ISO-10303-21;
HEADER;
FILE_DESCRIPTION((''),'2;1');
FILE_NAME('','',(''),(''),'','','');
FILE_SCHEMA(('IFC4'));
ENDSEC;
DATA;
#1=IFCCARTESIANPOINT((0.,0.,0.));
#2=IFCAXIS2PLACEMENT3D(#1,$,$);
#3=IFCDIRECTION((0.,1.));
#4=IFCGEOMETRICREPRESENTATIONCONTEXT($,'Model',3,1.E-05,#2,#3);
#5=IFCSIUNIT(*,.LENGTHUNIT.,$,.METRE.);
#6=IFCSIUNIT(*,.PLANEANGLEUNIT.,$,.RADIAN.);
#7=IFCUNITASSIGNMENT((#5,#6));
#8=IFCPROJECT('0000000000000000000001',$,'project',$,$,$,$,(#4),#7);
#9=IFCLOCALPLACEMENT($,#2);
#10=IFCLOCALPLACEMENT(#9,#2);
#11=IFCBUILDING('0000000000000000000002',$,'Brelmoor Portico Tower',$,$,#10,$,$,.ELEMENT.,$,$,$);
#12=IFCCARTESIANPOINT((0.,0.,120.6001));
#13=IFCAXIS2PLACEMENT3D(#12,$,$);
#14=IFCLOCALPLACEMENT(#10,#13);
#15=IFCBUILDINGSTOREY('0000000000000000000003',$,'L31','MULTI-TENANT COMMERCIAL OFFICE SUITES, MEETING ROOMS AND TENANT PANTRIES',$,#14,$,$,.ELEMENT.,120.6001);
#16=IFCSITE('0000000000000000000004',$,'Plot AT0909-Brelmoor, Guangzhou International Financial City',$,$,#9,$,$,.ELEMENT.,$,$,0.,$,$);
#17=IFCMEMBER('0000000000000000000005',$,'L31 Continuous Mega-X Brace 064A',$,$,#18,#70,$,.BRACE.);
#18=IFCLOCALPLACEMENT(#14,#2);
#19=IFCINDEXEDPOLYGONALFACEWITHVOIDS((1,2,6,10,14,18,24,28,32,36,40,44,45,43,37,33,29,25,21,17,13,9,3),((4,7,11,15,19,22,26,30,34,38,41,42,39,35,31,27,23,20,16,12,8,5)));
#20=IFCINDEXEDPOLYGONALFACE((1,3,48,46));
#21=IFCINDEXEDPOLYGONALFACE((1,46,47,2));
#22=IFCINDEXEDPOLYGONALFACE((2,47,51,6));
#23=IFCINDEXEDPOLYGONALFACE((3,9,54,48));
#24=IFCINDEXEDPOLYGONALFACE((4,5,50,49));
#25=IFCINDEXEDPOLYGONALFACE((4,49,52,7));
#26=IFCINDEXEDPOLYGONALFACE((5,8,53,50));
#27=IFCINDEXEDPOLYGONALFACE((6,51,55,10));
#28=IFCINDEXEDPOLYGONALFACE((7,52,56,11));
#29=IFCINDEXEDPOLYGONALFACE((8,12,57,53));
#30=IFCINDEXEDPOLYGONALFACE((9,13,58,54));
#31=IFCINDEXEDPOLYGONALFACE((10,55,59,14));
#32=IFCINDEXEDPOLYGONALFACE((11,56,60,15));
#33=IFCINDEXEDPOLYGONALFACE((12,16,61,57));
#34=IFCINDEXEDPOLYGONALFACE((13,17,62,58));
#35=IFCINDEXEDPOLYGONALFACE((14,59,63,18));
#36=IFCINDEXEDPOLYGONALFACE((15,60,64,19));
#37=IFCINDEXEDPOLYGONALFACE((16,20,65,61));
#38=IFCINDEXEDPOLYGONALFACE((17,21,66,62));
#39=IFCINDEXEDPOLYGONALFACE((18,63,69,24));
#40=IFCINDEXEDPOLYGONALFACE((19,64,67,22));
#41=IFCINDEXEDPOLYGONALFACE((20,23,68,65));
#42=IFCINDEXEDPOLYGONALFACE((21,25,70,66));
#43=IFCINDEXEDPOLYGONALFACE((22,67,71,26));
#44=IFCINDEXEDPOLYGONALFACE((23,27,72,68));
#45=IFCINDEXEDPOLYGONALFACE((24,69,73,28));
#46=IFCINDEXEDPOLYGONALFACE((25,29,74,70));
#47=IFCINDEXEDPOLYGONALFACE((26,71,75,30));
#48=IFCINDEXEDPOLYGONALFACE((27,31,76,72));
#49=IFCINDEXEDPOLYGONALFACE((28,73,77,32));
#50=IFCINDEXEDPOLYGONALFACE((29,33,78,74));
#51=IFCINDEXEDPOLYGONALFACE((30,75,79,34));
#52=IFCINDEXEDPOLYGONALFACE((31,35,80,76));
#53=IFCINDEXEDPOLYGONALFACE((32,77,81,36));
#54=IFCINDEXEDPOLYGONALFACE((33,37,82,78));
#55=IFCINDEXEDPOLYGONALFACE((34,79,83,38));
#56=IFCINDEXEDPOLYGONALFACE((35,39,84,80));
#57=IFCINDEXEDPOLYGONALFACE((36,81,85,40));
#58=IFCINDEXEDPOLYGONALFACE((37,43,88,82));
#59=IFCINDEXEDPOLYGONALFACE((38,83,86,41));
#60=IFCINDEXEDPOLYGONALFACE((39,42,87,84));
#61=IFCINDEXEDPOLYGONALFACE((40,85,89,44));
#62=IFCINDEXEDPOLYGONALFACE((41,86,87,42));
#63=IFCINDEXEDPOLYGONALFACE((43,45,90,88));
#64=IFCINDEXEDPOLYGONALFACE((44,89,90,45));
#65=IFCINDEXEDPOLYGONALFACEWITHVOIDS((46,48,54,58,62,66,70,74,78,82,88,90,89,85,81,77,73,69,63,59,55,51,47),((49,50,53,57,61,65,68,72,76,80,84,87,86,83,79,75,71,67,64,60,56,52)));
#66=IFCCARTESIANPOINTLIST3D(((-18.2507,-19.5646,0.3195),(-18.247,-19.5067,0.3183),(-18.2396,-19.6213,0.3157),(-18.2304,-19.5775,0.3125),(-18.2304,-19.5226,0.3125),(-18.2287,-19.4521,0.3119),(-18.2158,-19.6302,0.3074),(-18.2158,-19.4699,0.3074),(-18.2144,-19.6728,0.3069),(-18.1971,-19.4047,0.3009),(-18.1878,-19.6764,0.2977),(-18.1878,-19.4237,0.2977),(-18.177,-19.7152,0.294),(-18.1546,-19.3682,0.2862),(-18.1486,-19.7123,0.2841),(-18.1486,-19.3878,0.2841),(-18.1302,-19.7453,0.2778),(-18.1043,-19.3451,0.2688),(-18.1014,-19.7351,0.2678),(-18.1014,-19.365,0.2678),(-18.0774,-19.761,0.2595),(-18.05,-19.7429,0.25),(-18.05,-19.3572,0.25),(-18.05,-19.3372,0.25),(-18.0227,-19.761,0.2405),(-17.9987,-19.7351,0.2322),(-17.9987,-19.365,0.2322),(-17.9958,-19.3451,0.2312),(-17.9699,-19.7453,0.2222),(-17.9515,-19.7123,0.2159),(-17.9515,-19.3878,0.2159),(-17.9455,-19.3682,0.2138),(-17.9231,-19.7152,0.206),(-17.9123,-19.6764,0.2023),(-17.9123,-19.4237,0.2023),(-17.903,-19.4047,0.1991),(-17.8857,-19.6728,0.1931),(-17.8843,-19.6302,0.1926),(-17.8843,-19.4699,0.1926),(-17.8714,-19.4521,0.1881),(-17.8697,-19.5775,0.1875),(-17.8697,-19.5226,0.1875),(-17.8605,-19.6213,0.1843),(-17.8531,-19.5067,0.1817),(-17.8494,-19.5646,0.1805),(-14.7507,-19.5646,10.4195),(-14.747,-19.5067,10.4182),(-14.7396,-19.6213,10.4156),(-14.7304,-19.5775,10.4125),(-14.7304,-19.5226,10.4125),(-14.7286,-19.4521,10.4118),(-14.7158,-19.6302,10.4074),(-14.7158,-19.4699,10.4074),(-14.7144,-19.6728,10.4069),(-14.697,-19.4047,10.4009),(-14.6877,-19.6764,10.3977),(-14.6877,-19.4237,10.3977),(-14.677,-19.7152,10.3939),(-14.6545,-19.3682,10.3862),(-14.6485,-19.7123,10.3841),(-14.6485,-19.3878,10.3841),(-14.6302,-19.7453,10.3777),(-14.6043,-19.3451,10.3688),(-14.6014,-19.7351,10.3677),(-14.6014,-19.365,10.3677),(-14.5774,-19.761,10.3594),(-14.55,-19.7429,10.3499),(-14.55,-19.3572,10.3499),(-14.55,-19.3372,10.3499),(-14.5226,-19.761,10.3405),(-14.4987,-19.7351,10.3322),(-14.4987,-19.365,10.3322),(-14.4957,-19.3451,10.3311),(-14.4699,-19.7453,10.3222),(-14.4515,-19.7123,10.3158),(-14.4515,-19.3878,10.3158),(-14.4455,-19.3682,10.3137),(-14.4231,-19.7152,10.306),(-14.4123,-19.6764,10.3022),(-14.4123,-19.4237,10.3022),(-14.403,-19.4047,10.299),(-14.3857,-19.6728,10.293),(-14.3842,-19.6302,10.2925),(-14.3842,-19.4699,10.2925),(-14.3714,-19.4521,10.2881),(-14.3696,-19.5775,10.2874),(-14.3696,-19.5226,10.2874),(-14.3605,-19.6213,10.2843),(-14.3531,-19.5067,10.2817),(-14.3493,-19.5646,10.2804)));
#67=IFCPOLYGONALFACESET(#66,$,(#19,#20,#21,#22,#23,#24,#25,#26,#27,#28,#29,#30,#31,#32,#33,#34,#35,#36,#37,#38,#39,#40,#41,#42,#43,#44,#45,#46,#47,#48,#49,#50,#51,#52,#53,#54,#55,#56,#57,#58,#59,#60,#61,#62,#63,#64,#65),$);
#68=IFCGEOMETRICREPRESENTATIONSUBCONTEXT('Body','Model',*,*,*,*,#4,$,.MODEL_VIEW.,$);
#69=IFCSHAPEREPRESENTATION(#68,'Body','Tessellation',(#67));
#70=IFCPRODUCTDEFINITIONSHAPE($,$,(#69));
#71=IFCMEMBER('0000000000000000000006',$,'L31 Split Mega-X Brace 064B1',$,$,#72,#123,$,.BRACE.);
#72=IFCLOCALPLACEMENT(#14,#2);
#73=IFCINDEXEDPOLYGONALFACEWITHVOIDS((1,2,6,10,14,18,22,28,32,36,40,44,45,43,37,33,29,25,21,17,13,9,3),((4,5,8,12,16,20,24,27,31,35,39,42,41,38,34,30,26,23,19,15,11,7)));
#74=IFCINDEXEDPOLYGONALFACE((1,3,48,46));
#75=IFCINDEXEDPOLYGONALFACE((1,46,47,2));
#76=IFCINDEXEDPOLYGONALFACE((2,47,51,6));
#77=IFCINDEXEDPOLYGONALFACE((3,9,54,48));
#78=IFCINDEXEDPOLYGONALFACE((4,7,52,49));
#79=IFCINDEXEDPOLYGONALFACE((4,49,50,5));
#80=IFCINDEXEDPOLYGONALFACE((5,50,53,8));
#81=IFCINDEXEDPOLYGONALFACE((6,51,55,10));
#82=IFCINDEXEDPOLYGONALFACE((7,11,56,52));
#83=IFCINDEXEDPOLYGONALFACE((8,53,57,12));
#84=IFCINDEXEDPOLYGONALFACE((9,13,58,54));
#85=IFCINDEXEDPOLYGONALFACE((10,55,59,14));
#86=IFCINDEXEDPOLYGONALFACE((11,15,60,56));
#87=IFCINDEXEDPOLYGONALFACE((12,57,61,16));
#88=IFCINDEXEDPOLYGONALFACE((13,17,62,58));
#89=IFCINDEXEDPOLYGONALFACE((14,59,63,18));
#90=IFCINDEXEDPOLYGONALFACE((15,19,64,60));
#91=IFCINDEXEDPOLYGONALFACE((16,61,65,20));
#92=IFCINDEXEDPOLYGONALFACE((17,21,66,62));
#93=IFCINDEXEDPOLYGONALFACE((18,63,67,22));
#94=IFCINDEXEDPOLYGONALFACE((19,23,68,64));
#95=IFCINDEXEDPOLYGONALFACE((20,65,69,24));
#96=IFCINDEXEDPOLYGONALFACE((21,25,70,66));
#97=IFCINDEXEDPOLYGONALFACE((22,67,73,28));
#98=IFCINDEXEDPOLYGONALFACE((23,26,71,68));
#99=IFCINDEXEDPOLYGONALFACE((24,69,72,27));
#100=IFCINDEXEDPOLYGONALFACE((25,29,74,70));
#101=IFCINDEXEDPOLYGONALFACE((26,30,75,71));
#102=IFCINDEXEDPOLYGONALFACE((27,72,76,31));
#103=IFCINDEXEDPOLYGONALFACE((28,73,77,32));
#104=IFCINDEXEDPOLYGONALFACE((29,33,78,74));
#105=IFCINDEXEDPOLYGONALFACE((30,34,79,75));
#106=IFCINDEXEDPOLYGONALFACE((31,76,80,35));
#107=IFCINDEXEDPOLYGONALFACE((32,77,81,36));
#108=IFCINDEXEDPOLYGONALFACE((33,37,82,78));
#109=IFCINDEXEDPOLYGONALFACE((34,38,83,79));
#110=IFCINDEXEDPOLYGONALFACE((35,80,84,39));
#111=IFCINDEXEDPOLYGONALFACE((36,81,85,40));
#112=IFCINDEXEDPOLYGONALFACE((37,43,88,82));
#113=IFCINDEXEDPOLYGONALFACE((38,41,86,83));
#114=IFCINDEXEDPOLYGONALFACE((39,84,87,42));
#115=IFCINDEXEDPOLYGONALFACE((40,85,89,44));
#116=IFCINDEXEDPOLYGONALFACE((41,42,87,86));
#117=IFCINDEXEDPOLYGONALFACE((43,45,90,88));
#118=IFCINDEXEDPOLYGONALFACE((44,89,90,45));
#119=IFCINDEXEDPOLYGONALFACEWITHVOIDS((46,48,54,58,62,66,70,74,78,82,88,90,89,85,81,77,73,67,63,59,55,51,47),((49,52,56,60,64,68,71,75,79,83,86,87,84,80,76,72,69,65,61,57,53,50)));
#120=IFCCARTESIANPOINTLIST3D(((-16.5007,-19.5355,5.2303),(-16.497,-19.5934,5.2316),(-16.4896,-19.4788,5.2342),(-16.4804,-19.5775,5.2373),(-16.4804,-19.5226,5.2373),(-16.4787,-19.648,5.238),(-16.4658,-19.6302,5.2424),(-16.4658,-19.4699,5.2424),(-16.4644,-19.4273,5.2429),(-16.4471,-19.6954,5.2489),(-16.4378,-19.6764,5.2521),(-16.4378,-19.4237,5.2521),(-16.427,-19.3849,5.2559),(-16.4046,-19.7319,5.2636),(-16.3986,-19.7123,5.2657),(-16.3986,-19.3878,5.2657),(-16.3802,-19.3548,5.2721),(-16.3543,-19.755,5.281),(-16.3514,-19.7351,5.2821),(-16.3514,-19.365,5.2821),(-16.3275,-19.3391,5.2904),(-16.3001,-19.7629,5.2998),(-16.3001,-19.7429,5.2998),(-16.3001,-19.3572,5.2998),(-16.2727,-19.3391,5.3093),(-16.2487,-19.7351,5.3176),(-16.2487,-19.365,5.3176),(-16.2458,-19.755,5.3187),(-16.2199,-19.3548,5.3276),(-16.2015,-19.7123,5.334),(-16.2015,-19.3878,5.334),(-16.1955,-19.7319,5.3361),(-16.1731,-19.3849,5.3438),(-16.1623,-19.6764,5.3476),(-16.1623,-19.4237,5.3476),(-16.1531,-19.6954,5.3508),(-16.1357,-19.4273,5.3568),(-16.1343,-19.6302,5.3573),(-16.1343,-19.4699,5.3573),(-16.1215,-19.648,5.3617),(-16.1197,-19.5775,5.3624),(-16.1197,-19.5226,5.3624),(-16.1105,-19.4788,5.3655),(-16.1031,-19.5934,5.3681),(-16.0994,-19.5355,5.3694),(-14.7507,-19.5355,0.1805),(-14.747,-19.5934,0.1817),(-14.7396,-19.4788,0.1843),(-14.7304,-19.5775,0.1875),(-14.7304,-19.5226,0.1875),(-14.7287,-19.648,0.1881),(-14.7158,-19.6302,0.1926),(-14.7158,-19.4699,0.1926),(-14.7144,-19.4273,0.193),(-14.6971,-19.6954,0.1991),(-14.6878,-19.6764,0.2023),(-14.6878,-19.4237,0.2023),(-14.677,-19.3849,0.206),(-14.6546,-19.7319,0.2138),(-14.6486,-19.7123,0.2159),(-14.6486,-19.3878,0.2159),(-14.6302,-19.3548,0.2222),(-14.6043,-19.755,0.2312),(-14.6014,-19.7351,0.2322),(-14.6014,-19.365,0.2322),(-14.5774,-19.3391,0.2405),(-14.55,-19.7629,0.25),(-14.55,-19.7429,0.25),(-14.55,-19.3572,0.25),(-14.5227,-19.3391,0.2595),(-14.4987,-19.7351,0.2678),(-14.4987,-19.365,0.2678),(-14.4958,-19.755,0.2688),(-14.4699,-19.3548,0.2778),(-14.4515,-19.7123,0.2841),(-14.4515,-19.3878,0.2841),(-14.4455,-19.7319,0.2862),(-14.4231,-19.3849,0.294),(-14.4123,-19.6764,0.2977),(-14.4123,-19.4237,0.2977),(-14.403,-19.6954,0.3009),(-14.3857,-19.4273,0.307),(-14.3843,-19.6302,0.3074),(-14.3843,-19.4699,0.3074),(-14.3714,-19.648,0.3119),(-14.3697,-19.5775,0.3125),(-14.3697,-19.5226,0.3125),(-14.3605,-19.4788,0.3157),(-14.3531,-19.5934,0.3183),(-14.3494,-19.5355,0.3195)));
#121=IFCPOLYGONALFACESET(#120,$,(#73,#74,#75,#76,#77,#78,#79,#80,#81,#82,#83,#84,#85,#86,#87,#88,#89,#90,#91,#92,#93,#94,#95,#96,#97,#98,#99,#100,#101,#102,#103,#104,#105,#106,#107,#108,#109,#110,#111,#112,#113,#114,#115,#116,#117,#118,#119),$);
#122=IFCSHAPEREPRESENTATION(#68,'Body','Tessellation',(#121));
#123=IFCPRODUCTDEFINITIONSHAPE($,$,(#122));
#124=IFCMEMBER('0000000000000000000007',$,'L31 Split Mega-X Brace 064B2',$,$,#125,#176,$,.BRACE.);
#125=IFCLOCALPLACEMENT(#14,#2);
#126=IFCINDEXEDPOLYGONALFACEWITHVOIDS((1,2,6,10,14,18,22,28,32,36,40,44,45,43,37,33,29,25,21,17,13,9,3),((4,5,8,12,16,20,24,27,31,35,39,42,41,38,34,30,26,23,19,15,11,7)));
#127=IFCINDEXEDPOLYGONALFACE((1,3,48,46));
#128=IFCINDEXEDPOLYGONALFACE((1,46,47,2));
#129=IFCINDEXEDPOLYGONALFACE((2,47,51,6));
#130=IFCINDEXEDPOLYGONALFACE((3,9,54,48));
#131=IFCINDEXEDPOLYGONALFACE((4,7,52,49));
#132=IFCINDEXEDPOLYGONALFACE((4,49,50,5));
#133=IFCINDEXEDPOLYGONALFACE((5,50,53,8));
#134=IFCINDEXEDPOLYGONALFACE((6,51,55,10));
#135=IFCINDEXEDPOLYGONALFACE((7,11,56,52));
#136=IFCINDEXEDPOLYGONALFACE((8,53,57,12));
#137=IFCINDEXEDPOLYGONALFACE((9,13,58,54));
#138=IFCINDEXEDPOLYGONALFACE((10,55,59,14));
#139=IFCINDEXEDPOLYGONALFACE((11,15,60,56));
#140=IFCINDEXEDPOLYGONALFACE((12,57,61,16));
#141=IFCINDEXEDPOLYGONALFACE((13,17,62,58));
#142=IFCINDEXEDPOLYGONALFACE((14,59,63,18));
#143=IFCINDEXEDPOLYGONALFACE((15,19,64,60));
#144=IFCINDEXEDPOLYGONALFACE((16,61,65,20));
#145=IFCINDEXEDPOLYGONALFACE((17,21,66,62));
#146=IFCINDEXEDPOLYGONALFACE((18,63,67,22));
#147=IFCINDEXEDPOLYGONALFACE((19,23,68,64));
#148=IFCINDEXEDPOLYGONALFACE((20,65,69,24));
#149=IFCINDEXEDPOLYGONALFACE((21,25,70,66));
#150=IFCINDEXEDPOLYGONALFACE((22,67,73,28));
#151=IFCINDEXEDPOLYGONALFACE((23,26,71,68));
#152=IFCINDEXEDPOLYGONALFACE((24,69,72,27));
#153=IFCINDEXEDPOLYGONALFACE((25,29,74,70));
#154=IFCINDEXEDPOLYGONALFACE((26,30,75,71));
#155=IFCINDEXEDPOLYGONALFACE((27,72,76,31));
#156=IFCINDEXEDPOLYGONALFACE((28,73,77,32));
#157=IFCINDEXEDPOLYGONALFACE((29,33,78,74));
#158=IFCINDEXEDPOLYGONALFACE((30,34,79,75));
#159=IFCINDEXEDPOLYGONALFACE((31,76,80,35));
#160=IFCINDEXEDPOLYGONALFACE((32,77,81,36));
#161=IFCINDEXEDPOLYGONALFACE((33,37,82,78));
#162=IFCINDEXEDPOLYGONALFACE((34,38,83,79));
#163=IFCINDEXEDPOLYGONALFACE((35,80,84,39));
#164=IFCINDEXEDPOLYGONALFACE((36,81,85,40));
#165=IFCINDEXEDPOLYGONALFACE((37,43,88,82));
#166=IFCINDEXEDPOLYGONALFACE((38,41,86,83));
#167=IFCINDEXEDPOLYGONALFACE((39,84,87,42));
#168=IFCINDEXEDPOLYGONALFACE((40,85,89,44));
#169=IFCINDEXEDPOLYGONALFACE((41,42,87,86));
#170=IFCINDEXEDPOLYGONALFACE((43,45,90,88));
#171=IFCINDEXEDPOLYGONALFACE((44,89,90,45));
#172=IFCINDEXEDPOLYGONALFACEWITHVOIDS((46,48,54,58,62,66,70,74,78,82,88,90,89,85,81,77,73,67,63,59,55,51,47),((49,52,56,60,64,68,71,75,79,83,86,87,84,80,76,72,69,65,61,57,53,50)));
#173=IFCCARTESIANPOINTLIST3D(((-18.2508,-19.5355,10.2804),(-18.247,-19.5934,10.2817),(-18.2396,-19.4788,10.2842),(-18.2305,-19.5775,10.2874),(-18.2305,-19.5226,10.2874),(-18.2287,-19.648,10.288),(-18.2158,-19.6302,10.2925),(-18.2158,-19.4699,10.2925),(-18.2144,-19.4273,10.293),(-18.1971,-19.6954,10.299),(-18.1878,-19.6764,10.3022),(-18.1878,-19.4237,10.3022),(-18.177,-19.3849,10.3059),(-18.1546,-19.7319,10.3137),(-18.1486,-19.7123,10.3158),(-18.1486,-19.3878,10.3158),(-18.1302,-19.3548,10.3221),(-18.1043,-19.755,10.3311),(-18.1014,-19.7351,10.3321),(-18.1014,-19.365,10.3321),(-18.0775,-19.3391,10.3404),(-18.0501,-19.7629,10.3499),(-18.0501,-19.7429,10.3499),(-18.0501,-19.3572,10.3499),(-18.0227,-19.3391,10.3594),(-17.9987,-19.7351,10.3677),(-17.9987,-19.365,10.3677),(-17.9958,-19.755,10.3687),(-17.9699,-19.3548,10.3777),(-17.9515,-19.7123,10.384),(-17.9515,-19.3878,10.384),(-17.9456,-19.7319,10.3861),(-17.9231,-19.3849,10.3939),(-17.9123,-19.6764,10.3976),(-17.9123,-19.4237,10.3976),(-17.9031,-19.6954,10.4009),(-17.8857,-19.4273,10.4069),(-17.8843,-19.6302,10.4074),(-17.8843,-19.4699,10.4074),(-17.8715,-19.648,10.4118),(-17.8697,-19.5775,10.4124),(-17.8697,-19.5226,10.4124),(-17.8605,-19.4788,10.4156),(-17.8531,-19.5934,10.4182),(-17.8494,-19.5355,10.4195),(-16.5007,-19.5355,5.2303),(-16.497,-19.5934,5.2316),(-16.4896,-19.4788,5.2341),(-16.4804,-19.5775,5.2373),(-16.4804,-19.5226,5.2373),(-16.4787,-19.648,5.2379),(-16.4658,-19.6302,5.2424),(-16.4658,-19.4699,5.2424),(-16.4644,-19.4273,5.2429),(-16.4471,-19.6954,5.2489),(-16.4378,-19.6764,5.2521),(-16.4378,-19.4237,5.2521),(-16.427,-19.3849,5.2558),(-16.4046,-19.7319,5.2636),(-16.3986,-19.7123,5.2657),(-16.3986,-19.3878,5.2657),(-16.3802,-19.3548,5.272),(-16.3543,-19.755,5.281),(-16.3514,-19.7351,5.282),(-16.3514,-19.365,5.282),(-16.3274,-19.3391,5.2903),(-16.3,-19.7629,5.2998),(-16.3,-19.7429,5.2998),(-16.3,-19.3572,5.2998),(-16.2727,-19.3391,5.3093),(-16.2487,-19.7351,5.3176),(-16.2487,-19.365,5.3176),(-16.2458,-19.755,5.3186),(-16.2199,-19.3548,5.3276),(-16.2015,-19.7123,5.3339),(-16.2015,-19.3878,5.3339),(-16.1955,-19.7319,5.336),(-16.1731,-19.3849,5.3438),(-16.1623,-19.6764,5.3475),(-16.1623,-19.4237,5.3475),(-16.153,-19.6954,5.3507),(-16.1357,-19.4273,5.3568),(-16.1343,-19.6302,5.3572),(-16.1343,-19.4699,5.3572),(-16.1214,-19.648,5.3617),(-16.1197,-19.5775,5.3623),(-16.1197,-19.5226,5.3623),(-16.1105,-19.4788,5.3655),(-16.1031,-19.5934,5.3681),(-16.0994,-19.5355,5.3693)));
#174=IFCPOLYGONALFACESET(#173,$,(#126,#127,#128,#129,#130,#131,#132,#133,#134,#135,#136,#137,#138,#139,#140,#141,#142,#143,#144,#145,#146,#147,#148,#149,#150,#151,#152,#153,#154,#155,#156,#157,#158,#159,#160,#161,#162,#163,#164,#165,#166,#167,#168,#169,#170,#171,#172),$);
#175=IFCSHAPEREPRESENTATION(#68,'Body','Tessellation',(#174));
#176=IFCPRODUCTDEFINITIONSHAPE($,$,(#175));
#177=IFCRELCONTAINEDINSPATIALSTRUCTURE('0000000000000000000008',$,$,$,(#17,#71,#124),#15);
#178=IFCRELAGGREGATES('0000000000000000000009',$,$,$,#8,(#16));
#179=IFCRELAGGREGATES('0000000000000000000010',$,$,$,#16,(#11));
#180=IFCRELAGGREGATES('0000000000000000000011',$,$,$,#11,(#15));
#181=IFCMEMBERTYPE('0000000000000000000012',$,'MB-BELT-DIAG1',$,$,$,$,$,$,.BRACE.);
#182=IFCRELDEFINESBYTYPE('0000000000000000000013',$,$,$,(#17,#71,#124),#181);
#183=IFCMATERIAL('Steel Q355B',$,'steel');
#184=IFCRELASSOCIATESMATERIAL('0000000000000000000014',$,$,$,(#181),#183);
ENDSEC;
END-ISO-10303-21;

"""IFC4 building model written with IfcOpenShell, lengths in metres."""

from ifc_helpers import new_model, si_unit, direction, frame, origin, origin_2d, place, context, subcontext, project, spatial, hollow_circle, extrude, material, material_profile, profile_set, type_object, element, save


model = new_model("IFC4")

# Units and contexts
model_context = context("Model", 3, precision=1e-05, world=origin(), true_north=direction((0.0, 1.0)))
body_context = subcontext(model_context, "Body", "Model", "MODEL_VIEW")
ifc_project = project(units=[si_unit("LENGTHUNIT", "METRE"), si_unit("PLANEANGLEUNIT", "RADIAN")], contexts=[model_context])

# Site, building, storey
site_placement = place(None, origin())
site = spatial("IfcSite", under=ifc_project, at=site_placement, Name="Plot AT0909-Brelmoor, Guangzhou International Financial City", CompositionType="ELEMENT", RefElevation=0.0)
building_placement = place(site_placement, origin())
building = spatial("IfcBuilding", under=site, at=building_placement, Name="Brelmoor Portico Tower", CompositionType="ELEMENT")
storey_placement = place(building_placement, frame((0.0, 0.0, 120.6001)))
storey = spatial("IfcBuildingStorey", under=building, at=storey_placement, Name="L31", Description="MULTI-TENANT COMMERCIAL OFFICE SUITES, MEETING ROOMS AND TENANT PANTRIES", CompositionType="ELEMENT", Elevation=120.6001)

# Shared definitions
ifc_material_1 = material(Name="Steel Q355B", Category="steel")

# Members
ifc_material_profile_1 = material_profile(ifc_material_1, hollow_circle(Radius=0.2129, WallThickness=0.02, at=origin_2d()), Name="CHS 426x20")
ifc_profile_set_1 = profile_set([ifc_material_profile_1], Name="Steel Q355B")
member_type_1 = type_object("IfcMemberType", Name="MB-BELT-DIAG1", PredefinedType="BRACE", material=ifc_profile_set_1)
member_1_placement = place(storey_placement, frame((-18.05, -19.55, 0.25), z_axis=(0.327436, 0.0, 0.944873), x_axis=(0.0, 1.0, 0.0)))
element("IfcMember", 1, at=member_1_placement, inside=storey, type_object=member_type_1, Name="L31 Continuous Mega-X Brace 064A", PredefinedType="BRACE", context=body_context, shape_type="SweptSolid", body=[
    extrude(hollow_circle(Radius=0.2129, WallThickness=0.02, at=origin_2d()), origin(), (0.0, 0.0, 1.0), 10.6892),
])
member_2_placement = place(storey_placement, frame((-14.55, -19.55, 0.25), z_axis=(-0.327443, 0.0, 0.944871), x_axis=(0.0, -1.0, 0.0)))
element("IfcMember", 2, at=member_2_placement, inside=storey, type_object=member_type_1, Name="L31 Split Mega-X Brace 064B1", PredefinedType="BRACE", context=body_context, shape_type="SweptSolid", body=[
    extrude(hollow_circle(Radius=0.2129, WallThickness=0.02, at=origin_2d()), origin(), (0.0, 0.0, 1.0), 5.3445),
])
member_3_placement = place(storey_placement, frame((-16.3, -19.55, 5.2998), z_axis=(-0.327429, 0.0, 0.944876), x_axis=(0.0, -1.0, 0.0)))
element("IfcMember", 3, at=member_3_placement, inside=storey, type_object=member_type_1, Name="L31 Split Mega-X Brace 064B2", PredefinedType="BRACE", context=body_context, shape_type="SweptSolid", body=[
    extrude(hollow_circle(Radius=0.2129, WallThickness=0.02, at=origin_2d()), origin(), (0.0, 0.0, 1.0), 5.3447),
])

save(model, "model.ifc")
